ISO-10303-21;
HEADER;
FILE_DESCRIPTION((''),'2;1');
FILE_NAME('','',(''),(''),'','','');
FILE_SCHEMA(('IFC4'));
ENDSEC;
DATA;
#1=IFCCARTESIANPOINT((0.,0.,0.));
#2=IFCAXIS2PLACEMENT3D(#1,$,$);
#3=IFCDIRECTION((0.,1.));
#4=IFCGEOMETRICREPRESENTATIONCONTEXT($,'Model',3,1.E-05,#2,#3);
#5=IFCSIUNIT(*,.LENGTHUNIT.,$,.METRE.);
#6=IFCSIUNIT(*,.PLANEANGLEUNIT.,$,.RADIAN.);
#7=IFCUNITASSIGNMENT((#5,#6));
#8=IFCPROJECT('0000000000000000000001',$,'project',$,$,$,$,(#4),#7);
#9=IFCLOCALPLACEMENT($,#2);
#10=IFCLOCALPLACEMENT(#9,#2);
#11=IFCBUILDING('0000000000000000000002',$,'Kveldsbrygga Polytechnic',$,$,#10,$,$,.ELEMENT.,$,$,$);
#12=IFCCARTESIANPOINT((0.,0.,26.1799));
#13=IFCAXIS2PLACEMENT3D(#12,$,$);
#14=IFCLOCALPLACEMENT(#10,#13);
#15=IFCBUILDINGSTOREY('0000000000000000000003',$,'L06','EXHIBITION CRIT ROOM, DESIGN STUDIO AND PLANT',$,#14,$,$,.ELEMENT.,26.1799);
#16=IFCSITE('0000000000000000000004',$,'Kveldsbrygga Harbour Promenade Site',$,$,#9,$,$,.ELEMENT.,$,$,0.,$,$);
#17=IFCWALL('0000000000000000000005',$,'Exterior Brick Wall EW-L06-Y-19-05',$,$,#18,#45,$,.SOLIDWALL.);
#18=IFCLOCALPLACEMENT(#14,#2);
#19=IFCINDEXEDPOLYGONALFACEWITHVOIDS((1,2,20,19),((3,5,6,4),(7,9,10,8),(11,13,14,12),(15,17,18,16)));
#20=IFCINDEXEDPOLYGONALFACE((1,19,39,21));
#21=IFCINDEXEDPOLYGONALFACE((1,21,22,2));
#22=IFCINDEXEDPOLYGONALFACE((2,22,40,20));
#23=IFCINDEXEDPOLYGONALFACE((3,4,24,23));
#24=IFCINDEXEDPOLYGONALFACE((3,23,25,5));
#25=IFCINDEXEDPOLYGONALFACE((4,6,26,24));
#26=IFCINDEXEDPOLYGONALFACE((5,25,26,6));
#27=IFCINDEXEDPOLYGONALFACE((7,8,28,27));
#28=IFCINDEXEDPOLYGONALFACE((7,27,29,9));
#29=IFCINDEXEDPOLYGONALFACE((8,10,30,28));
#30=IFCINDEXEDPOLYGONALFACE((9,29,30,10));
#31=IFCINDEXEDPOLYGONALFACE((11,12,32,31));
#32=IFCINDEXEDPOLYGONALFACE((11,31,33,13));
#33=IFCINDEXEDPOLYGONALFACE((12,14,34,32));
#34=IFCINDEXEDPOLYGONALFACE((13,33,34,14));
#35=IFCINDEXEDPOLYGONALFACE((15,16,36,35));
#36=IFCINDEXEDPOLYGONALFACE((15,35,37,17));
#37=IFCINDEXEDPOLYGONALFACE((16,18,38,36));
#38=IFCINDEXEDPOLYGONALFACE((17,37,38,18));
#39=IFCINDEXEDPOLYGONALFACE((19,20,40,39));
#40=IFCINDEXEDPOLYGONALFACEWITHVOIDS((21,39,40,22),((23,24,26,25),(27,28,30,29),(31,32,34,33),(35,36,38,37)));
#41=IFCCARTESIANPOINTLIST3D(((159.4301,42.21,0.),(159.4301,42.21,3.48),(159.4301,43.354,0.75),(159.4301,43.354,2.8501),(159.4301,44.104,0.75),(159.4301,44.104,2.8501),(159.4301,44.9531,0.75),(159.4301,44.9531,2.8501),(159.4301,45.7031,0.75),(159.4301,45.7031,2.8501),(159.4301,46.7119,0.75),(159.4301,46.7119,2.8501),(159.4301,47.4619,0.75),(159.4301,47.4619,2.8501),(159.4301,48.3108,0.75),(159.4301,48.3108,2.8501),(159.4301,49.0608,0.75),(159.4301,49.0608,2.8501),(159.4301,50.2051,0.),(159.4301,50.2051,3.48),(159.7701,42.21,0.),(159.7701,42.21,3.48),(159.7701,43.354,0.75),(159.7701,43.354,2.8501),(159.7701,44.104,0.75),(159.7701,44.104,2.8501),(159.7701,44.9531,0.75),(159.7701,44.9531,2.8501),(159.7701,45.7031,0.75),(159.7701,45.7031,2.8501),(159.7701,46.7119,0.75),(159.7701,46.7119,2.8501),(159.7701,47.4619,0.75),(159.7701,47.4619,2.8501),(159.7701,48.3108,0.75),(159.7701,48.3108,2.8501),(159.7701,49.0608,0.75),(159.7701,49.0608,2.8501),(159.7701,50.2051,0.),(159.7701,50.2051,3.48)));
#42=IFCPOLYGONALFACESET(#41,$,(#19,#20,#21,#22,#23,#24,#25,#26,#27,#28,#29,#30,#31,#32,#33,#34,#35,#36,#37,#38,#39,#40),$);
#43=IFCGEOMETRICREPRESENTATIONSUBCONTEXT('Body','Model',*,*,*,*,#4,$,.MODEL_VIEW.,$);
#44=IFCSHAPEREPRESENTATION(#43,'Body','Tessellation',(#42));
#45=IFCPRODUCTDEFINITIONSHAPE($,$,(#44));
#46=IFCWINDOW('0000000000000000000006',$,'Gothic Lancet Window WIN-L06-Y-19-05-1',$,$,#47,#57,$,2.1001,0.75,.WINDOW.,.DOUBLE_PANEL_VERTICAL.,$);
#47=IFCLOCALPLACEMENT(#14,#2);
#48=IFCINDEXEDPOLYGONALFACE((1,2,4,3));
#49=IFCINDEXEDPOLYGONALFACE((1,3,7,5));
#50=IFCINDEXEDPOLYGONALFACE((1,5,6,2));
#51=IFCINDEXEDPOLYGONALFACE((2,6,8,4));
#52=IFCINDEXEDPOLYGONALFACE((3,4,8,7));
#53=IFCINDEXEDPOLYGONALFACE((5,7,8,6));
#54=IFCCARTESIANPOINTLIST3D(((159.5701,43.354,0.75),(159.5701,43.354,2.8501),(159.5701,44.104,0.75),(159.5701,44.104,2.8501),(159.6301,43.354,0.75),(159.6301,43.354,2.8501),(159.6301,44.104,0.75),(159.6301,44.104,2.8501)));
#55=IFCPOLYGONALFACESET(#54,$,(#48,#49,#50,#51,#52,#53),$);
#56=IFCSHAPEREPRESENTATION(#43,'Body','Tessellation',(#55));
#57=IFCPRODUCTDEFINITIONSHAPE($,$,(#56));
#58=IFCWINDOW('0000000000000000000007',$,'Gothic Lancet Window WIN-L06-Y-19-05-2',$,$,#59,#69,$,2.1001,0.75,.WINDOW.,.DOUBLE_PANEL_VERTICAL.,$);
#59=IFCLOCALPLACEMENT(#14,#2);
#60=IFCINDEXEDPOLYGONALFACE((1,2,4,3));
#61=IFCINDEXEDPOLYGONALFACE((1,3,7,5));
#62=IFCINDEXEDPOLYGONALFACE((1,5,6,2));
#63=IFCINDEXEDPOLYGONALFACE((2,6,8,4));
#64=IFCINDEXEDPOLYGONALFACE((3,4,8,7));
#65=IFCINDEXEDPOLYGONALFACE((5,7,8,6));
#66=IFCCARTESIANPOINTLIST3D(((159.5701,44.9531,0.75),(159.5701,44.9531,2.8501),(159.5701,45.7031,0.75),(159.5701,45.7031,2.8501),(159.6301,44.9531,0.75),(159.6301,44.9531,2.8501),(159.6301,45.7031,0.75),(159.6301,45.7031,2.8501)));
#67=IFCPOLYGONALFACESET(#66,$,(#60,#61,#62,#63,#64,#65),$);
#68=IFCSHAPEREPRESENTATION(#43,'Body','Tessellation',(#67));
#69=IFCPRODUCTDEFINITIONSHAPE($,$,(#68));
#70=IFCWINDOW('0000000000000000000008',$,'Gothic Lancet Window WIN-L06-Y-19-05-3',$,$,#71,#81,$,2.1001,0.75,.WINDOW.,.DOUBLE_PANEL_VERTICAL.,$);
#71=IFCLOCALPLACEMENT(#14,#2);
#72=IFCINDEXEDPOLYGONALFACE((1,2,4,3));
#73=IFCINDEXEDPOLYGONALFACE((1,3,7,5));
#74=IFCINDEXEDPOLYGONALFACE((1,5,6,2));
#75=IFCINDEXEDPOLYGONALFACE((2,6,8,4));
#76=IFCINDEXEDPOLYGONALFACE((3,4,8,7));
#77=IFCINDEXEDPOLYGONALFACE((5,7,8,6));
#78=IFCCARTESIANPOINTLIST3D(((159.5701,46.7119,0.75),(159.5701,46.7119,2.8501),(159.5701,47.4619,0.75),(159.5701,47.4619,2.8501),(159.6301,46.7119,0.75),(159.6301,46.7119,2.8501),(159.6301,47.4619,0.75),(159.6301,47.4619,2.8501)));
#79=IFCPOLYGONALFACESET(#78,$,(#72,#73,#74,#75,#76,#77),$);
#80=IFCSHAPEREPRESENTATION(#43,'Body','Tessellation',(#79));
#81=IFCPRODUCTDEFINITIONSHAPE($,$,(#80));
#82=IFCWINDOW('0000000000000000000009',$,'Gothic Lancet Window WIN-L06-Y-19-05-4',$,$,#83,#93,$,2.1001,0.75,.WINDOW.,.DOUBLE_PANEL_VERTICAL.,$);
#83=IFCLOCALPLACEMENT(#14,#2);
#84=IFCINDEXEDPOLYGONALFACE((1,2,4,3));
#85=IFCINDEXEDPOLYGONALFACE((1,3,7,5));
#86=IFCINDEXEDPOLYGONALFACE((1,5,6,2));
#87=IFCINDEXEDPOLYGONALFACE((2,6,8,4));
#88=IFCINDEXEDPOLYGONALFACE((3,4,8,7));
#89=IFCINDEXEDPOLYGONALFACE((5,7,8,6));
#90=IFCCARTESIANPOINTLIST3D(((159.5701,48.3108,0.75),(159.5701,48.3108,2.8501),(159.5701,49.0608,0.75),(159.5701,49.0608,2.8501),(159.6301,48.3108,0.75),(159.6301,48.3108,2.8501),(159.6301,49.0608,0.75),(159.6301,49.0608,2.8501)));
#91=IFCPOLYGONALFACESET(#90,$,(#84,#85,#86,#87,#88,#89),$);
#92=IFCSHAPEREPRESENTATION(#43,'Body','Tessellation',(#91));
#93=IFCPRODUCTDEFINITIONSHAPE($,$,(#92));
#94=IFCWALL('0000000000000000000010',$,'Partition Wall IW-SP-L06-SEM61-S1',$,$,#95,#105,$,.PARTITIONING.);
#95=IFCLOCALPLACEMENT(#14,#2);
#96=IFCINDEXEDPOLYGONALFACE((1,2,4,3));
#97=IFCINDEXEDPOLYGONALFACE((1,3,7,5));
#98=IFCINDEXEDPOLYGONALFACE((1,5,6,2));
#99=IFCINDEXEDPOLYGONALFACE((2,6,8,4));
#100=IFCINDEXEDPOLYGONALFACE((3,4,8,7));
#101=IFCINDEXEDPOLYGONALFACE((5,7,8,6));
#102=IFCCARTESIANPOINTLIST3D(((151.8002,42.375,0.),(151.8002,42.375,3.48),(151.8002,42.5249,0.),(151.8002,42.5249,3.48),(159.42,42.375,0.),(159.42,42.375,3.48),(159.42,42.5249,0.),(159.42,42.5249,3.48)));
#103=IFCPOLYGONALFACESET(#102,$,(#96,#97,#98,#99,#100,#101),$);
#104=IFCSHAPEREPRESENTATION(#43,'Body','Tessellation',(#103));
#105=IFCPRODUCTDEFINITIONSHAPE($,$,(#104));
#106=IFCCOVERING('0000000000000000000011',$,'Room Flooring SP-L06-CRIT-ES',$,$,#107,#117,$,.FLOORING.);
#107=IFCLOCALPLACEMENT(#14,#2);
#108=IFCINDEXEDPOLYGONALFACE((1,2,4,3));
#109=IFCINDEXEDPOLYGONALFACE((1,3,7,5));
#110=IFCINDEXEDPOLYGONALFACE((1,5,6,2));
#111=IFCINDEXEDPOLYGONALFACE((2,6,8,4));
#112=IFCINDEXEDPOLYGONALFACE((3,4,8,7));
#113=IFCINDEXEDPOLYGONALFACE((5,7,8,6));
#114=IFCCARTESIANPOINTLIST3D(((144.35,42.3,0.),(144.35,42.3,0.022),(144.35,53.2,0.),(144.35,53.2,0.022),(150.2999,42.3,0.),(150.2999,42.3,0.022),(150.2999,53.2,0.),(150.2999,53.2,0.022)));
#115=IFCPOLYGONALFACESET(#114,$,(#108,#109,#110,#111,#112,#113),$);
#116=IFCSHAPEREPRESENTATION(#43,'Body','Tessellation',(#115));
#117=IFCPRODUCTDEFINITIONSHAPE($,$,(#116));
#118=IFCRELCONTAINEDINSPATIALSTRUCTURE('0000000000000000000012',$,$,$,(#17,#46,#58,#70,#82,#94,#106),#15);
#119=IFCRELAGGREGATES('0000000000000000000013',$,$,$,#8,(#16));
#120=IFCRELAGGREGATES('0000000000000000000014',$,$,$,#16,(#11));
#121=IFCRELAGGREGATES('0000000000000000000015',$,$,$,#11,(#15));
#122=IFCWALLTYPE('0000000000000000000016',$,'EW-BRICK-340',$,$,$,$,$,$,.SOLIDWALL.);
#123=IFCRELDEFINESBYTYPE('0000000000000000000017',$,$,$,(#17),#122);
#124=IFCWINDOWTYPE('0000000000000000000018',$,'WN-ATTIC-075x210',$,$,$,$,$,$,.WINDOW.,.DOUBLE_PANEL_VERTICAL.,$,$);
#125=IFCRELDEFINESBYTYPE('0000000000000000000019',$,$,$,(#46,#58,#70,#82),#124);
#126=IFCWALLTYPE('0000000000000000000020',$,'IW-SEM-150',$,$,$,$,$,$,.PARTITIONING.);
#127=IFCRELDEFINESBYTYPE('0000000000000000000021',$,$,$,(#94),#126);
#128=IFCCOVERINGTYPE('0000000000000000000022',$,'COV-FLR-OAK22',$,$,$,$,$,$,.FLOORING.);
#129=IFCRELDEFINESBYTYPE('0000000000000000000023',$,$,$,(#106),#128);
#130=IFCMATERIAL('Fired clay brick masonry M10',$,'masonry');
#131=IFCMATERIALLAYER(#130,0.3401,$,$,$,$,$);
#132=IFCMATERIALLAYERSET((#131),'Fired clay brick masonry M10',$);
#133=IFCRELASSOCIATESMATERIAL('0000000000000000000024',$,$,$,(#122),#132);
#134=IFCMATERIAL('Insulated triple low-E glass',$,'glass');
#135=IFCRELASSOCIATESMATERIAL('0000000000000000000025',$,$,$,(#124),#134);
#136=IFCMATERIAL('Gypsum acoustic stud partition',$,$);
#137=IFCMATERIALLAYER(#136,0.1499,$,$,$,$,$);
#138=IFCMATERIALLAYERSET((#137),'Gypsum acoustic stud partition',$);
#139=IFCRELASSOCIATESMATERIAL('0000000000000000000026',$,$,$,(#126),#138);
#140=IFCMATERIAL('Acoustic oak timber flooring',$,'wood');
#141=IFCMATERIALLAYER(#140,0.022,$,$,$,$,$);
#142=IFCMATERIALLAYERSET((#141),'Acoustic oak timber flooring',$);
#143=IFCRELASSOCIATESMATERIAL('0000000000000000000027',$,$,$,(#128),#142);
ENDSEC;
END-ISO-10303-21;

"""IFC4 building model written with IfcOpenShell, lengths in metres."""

from ifc_helpers import new_model, si_unit, direction, frame, frame_2d, origin, origin_2d, place, context, subcontext, project, spatial, rectangle, extrude, material, layer, layer_set, type_object, element, fill, save


model = new_model("IFC4")

# Units and contexts
model_context = context("Model", 3, precision=1e-05, world=origin(), true_north=direction((0.0, 1.0)))
body_context = subcontext(model_context, "Body", "Model", "MODEL_VIEW")
ifc_project = project(units=[si_unit("LENGTHUNIT", "METRE"), si_unit("PLANEANGLEUNIT", "RADIAN")], contexts=[model_context])

# Site, building, storey
site_placement = place(None, origin())
site = spatial("IfcSite", under=ifc_project, at=site_placement, Name="Kveldsbrygga Harbour Promenade Site", CompositionType="ELEMENT", RefElevation=0.0)
building_placement = place(site_placement, origin())
building = spatial("IfcBuilding", under=site, at=building_placement, Name="Kveldsbrygga Polytechnic", CompositionType="ELEMENT")
storey_placement = place(building_placement, frame((0.0, 0.0, 26.1799)))
storey = spatial("IfcBuildingStorey", under=building, at=storey_placement, Name="L06", Description="EXHIBITION CRIT ROOM, DESIGN STUDIO AND PLANT", CompositionType="ELEMENT", Elevation=26.1799)

# Wall, openings, windows
ifc_material_1 = material(Name="Fired clay brick masonry M10", Category="masonry")
ifc_layer_1 = layer(ifc_material_1, 0.3401)
ifc_layer_set_1 = layer_set([ifc_layer_1], Name="Fired clay brick masonry M10")
wall_type_1 = type_object("IfcWallType", Name="EW-BRICK-340", PredefinedType="SOLIDWALL", material=ifc_layer_set_1)
wall_1_placement = place(storey_placement, frame((159.6001, 42.21, 0.0), z_axis=(0.0, 0.0, 1.0), x_axis=(0.0, 1.0, 0.0)))
wall_1 = element("IfcWall", 1, at=wall_1_placement, inside=storey, type_object=wall_type_1, Name="Exterior Brick Wall EW-L06-Y-19-05", PredefinedType="SOLIDWALL", context=body_context, shape_type="SweptSolid", body=[
    extrude(rectangle(XDim=7.9951, YDim=0.3401, at=frame_2d((3.9976, 0.0))), origin(), (0.0, 0.0, 1.0), 3.48),
])
opening_1_placement = place(wall_1_placement, frame((1.144, 0.0, 0.75)))
opening_1 = element("IfcOpeningElement", 2, at=opening_1_placement, cuts=wall_1, PredefinedType="OPENING", context=body_context, shape_type="SweptSolid", body=[
    extrude(rectangle(XDim=0.75, YDim=2.1001, at=frame_2d((0.375, 1.05))), frame((0.0, 0.1802, 0.0), z_axis=(0.0, -1.0, 0.0), x_axis=(1.0, 0.0, 0.0)), (0.0, 0.0, 1.0), 0.3601),
])
opening_2_placement = place(wall_1_placement, frame((2.7432, 0.0, 0.75)))
opening_2 = element("IfcOpeningElement", 3, at=opening_2_placement, cuts=wall_1, PredefinedType="OPENING", context=body_context, shape_type="SweptSolid", body=[
    extrude(rectangle(XDim=0.75, YDim=2.1001, at=frame_2d((0.375, 1.05))), frame((0.0, 0.1802, 0.0), z_axis=(0.0, -1.0, 0.0), x_axis=(1.0, 0.0, 0.0)), (0.0, 0.0, 1.0), 0.3601),
])
opening_3_placement = place(wall_1_placement, frame((4.502, 0.0, 0.75)))
opening_3 = element("IfcOpeningElement", 4, at=opening_3_placement, cuts=wall_1, PredefinedType="OPENING", context=body_context, shape_type="SweptSolid", body=[
    extrude(rectangle(XDim=0.75, YDim=2.1001, at=frame_2d((0.375, 1.05))), frame((0.0, 0.1802, 0.0), z_axis=(0.0, -1.0, 0.0), x_axis=(1.0, 0.0, 0.0)), (0.0, 0.0, 1.0), 0.3601),
])
opening_4_placement = place(wall_1_placement, frame((6.1008, 0.0, 0.75)))
opening_4 = element("IfcOpeningElement", 5, at=opening_4_placement, cuts=wall_1, PredefinedType="OPENING", context=body_context, shape_type="SweptSolid", body=[
    extrude(rectangle(XDim=0.75, YDim=2.1001, at=frame_2d((0.375, 1.05))), frame((0.0, 0.1802, 0.0), z_axis=(0.0, -1.0, 0.0), x_axis=(1.0, 0.0, 0.0)), (0.0, 0.0, 1.0), 0.3601),
])
ifc_material_2 = material(Name="Insulated triple low-E glass", Category="glass")
window_type = type_object("IfcWindowType", Name="WN-ATTIC-075x210", PartitioningType="DOUBLE_PANEL_VERTICAL", PredefinedType="WINDOW", material=ifc_material_2)
window_1_placement = place(opening_1_placement, origin())
window_1 = element("IfcWindow", 6, at=window_1_placement, inside=storey, type_object=window_type, Name="Gothic Lancet Window WIN-L06-Y-19-05-1", OverallHeight=2.1001, OverallWidth=0.75, PartitioningType="DOUBLE_PANEL_VERTICAL", PredefinedType="WINDOW", context=body_context, shape_type="SweptSolid", body=[
    extrude(rectangle(XDim=0.75, YDim=2.1001, at=frame_2d((0.375, 1.05))), frame((0.0, 0.03, 0.0), z_axis=(0.0, -1.0, 0.0), x_axis=(1.0, 0.0, 0.0)), (0.0, 0.0, 1.0), 0.0601),
])
fill(opening_1, window_1)
window_2_placement = place(opening_2_placement, origin())
window_2 = element("IfcWindow", 7, at=window_2_placement, inside=storey, type_object=window_type, Name="Gothic Lancet Window WIN-L06-Y-19-05-2", OverallHeight=2.1001, OverallWidth=0.75, PartitioningType="DOUBLE_PANEL_VERTICAL", PredefinedType="WINDOW", context=body_context, shape_type="SweptSolid", body=[
    extrude(rectangle(XDim=0.75, YDim=2.1001, at=frame_2d((0.375, 1.05))), frame((0.0, 0.03, 0.0), z_axis=(0.0, -1.0, 0.0), x_axis=(1.0, 0.0, 0.0)), (0.0, 0.0, 1.0), 0.0601),
])
fill(opening_2, window_2)
window_3_placement = place(opening_3_placement, origin())
window_3 = element("IfcWindow", 8, at=window_3_placement, inside=storey, type_object=window_type, Name="Gothic Lancet Window WIN-L06-Y-19-05-3", OverallHeight=2.1001, OverallWidth=0.75, PartitioningType="DOUBLE_PANEL_VERTICAL", PredefinedType="WINDOW", context=body_context, shape_type="SweptSolid", body=[
    extrude(rectangle(XDim=0.75, YDim=2.1001, at=frame_2d((0.375, 1.05))), frame((0.0, 0.03, 0.0), z_axis=(0.0, -1.0, 0.0), x_axis=(1.0, 0.0, 0.0)), (0.0, 0.0, 1.0), 0.0601),
])
fill(opening_3, window_3)
window_4_placement = place(opening_4_placement, origin())
window_4 = element("IfcWindow", 9, at=window_4_placement, inside=storey, type_object=window_type, Name="Gothic Lancet Window WIN-L06-Y-19-05-4", OverallHeight=2.1001, OverallWidth=0.75, PartitioningType="DOUBLE_PANEL_VERTICAL", PredefinedType="WINDOW", context=body_context, shape_type="SweptSolid", body=[
    extrude(rectangle(XDim=0.75, YDim=2.1001, at=frame_2d((0.375, 1.05))), frame((0.0, 0.03, 0.0), z_axis=(0.0, -1.0, 0.0), x_axis=(1.0, 0.0, 0.0)), (0.0, 0.0, 1.0), 0.0601),
])
fill(opening_4, window_4)

# Wall
ifc_material_3 = material(Name="Gypsum acoustic stud partition")
ifc_layer_2 = layer(ifc_material_3, 0.1499)
ifc_layer_set_2 = layer_set([ifc_layer_2], Name="Gypsum acoustic stud partition")
wall_type_2 = type_object("IfcWallType", Name="IW-SEM-150", PredefinedType="PARTITIONING", material=ifc_layer_set_2)
wall_2_placement = place(storey_placement, frame((151.8, 42.45, 0.0), z_axis=(0.0, 0.0, 1.0), x_axis=(1.0, 0.0, 0.0)))
element("IfcWall", 10, at=wall_2_placement, inside=storey, type_object=wall_type_2, Name="Partition Wall IW-SP-L06-SEM61-S1", PredefinedType="PARTITIONING", context=body_context, shape_type="SweptSolid", body=[
    extrude(rectangle(XDim=7.6199, YDim=0.1499, at=frame_2d((3.8101, 0.0))), origin(), (0.0, 0.0, 1.0), 3.48),
])

# Covering
ifc_material_4 = material(Name="Acoustic oak timber flooring", Category="wood")
ifc_layer_3 = layer(ifc_material_4, 0.022)
ifc_layer_set_3 = layer_set([ifc_layer_3], Name="Acoustic oak timber flooring")
covering_type = type_object("IfcCoveringType", Name="COV-FLR-OAK22", PredefinedType="FLOORING", material=ifc_layer_set_3)
covering_placement = place(storey_placement, frame((147.325, 47.75, 0.0), z_axis=(0.0, 0.0, 1.0), x_axis=(1.0, 0.0, 0.0)))
element("IfcCovering", 11, at=covering_placement, inside=storey, type_object=covering_type, Name="Room Flooring SP-L06-CRIT-ES", PredefinedType="FLOORING", context=body_context, shape_type="SweptSolid", body=[
    extrude(rectangle(XDim=5.95, YDim=10.8999, at=origin_2d()), origin(), (0.0, 0.0, 1.0), 0.022),
])

save(model, "model.ifc")
